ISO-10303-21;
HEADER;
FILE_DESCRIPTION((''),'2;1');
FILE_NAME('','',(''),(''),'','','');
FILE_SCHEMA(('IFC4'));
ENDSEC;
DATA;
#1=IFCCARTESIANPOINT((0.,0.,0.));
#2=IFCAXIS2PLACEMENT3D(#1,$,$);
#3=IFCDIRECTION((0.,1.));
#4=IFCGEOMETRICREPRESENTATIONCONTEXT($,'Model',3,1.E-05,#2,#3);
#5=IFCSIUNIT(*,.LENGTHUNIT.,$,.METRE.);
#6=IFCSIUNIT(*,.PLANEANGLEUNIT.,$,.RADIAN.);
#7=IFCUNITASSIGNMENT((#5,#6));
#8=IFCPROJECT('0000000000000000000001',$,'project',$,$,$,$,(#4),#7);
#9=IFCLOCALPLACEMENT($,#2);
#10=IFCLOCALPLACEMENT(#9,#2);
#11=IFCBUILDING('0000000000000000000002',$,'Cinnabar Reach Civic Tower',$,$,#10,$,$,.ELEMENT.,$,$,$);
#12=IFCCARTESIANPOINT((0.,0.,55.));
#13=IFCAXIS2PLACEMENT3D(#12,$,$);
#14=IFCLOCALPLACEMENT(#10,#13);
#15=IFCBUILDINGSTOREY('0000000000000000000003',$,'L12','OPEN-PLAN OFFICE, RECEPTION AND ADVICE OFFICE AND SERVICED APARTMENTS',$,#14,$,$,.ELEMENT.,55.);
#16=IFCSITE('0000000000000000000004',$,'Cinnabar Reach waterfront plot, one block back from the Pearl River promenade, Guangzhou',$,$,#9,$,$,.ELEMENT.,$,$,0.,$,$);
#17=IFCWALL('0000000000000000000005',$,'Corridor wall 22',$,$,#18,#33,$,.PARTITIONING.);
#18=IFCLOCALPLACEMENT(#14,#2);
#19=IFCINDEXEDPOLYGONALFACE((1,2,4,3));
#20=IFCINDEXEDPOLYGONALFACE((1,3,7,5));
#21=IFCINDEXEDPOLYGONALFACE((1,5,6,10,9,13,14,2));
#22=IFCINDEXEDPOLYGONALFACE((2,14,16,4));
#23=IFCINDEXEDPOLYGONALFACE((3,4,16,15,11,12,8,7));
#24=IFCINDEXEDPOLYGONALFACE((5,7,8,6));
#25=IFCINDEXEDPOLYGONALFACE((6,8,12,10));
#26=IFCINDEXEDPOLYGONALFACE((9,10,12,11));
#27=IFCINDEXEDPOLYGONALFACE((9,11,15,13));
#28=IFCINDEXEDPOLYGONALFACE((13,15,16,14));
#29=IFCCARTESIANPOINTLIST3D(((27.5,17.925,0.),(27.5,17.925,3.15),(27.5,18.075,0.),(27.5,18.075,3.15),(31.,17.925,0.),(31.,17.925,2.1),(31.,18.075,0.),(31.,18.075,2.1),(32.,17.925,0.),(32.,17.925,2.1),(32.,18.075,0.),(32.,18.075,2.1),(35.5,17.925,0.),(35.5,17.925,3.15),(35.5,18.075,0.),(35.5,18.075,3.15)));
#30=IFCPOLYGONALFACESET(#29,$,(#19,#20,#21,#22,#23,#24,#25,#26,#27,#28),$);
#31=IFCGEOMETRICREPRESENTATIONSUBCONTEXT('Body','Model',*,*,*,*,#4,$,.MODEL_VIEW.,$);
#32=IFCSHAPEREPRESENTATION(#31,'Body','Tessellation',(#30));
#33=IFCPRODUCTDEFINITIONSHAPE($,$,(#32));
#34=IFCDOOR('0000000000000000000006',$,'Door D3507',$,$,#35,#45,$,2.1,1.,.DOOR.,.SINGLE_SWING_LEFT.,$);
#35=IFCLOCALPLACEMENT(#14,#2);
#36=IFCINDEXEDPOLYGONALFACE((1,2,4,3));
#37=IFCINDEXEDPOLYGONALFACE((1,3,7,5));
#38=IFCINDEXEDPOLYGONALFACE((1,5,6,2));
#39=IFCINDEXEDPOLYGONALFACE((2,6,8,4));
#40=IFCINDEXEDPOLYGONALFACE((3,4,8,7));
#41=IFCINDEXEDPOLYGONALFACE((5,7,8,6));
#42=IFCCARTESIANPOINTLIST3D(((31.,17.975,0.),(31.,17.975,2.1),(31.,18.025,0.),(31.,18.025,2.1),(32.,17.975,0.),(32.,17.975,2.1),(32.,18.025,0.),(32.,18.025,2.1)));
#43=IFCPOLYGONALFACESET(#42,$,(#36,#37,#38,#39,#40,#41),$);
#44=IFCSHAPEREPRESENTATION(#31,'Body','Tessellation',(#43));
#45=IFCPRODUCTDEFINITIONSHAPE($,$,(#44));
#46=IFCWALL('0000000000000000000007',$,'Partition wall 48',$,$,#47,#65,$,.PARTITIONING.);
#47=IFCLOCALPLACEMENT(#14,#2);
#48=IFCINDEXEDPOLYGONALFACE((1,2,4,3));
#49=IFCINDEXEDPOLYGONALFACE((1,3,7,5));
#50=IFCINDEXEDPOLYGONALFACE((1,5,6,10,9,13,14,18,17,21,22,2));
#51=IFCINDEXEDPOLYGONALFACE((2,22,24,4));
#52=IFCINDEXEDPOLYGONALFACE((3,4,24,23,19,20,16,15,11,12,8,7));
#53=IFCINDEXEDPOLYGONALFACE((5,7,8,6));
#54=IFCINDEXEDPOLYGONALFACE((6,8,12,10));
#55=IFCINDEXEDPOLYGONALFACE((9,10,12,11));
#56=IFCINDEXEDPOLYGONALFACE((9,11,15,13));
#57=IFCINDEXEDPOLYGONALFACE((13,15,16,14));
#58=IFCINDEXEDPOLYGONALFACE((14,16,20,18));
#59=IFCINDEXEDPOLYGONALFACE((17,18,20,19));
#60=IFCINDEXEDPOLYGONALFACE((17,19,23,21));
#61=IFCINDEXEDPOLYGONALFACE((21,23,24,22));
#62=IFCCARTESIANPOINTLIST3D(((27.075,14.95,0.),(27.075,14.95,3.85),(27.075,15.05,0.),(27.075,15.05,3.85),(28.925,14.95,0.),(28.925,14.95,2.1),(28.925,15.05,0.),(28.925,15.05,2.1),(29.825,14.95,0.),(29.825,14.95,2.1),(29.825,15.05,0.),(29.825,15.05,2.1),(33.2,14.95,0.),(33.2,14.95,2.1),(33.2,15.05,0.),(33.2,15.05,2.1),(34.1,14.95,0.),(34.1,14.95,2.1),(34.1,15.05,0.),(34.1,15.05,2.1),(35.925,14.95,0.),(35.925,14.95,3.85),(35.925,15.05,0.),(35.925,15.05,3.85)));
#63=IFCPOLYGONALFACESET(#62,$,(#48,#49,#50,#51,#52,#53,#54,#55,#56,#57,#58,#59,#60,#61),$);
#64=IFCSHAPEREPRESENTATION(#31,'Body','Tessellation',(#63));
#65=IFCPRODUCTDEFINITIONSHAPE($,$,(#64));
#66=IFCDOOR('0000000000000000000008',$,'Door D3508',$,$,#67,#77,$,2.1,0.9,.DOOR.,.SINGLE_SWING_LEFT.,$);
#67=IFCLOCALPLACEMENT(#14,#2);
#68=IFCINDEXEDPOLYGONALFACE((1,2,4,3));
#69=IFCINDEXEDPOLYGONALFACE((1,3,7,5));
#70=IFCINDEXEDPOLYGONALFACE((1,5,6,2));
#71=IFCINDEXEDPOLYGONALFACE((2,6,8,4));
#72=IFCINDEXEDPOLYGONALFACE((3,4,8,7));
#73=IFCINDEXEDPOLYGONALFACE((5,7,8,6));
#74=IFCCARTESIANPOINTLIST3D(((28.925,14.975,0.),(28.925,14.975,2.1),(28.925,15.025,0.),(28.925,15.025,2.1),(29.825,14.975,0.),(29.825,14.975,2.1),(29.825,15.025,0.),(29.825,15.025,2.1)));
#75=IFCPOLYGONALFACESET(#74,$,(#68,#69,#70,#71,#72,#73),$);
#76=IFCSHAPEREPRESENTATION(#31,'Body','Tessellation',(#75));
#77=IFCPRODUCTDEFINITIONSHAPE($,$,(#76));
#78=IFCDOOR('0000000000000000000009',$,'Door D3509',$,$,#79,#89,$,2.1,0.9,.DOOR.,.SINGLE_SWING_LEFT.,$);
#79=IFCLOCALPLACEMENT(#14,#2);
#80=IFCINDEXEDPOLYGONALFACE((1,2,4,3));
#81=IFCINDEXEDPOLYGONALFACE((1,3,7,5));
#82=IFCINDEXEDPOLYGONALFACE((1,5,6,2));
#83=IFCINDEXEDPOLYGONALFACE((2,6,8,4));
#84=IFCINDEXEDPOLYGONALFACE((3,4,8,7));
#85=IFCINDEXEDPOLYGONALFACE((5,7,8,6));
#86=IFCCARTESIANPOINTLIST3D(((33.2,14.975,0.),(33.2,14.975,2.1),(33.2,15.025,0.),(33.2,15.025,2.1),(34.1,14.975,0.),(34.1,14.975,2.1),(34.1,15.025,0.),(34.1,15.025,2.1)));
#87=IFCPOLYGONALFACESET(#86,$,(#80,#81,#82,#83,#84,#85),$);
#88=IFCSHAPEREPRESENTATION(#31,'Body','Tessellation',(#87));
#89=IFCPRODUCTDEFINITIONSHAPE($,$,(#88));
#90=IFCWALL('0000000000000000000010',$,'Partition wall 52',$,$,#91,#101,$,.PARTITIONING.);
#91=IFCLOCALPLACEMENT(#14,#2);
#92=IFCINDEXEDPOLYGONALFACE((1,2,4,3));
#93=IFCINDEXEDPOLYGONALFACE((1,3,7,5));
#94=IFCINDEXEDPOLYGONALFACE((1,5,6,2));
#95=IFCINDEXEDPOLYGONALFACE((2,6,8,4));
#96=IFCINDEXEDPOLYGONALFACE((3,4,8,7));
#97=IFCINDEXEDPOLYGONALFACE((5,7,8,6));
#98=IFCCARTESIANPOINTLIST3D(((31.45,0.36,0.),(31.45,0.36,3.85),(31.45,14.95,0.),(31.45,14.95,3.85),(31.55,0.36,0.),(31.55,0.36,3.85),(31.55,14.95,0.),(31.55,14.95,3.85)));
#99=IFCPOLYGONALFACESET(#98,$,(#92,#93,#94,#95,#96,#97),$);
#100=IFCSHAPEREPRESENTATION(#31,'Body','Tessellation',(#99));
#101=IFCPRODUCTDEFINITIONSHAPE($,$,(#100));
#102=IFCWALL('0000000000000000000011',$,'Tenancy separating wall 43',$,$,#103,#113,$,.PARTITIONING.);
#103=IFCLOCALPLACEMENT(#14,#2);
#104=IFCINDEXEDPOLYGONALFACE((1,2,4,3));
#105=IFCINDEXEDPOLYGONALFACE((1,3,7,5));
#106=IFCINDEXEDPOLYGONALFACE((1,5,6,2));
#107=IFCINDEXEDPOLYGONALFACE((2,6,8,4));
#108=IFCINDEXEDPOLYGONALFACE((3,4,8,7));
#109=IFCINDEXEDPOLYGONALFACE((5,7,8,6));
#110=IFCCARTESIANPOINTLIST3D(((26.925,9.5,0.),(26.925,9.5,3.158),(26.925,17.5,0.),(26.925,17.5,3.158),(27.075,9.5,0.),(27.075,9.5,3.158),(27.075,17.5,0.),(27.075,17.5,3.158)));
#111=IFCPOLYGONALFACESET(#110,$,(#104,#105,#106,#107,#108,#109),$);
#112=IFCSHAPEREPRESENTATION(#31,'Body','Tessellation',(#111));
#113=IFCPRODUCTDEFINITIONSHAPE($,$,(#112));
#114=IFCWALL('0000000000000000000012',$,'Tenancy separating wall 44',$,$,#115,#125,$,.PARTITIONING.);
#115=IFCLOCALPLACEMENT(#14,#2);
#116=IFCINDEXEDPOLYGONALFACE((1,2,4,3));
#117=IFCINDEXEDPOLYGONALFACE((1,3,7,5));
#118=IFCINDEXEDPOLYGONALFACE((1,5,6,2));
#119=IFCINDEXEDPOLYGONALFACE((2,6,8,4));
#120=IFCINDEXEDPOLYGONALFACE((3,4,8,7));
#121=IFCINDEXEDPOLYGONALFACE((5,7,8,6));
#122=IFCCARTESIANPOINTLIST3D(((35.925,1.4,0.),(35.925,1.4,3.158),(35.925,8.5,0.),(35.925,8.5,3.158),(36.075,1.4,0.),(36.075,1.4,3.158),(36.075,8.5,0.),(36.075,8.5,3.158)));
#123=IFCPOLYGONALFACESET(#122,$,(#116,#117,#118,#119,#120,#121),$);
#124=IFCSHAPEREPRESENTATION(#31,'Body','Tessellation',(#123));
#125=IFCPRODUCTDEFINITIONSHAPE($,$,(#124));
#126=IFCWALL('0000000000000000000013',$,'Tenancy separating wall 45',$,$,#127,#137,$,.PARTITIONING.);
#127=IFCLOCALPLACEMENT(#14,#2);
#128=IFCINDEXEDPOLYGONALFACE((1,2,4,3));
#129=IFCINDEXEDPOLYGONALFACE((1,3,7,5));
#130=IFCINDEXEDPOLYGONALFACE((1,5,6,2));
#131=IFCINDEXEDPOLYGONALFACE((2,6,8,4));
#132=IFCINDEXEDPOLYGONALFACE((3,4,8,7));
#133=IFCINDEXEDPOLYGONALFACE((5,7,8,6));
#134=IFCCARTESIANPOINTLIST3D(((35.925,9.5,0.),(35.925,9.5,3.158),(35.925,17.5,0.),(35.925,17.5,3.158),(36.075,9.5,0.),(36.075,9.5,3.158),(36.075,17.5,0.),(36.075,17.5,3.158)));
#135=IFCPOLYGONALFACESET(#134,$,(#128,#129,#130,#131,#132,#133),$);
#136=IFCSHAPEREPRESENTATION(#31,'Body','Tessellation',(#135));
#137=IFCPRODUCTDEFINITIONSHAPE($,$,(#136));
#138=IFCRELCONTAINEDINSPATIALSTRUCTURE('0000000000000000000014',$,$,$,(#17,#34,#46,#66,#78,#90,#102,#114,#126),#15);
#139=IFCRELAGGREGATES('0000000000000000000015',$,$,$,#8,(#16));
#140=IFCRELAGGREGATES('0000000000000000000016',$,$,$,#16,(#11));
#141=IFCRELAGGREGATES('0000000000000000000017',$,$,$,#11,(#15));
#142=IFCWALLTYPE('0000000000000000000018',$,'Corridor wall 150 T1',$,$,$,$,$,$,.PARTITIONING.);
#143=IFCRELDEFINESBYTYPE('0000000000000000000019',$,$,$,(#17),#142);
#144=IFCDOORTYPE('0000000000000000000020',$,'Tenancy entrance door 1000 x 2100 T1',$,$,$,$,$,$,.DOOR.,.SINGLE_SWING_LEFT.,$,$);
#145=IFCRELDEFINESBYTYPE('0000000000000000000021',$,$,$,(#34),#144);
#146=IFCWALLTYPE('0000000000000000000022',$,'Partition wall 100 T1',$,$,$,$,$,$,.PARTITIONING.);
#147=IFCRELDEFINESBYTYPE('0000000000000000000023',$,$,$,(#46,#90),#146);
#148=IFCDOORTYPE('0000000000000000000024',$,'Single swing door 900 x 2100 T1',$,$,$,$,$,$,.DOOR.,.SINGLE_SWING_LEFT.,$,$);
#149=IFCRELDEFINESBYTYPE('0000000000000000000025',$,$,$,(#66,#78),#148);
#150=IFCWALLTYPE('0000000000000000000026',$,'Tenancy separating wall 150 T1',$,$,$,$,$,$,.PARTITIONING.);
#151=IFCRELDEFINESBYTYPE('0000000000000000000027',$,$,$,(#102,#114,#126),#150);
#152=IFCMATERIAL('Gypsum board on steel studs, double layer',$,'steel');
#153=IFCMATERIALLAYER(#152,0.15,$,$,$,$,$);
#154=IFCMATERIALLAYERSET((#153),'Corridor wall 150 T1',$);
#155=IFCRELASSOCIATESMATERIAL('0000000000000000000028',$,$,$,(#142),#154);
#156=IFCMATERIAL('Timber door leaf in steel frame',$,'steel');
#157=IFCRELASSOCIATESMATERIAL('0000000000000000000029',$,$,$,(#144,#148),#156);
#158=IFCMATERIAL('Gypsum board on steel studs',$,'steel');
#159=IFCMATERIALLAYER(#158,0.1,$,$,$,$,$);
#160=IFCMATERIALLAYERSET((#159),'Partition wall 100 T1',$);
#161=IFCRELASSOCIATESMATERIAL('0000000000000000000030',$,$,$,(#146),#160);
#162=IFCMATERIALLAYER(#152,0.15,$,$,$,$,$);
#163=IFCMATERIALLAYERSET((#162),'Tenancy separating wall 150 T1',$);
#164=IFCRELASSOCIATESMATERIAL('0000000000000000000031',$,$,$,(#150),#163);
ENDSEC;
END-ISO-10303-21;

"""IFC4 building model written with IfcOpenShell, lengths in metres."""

from ifc_helpers import new_model, si_unit, direction, frame, frame_2d, origin, place, context, subcontext, project, spatial, rectangle, extrude, material, layer, layer_set, type_object, element, fill, save


model = new_model("IFC4")

# Units and contexts
model_context = context("Model", 3, precision=1e-05, world=origin(), true_north=direction((0.0, 1.0)))
body_context = subcontext(model_context, "Body", "Model", "MODEL_VIEW")
ifc_project = project(units=[si_unit("LENGTHUNIT", "METRE"), si_unit("PLANEANGLEUNIT", "RADIAN")], contexts=[model_context])

# Site, building, storey
site_placement = place(None, origin())
site = spatial("IfcSite", under=ifc_project, at=site_placement, Name="Cinnabar Reach waterfront plot, one block back from the Pearl River promenade, Guangzhou", CompositionType="ELEMENT", RefElevation=0.0)
building_placement = place(site_placement, origin())
building = spatial("IfcBuilding", under=site, at=building_placement, Name="Cinnabar Reach Civic Tower", CompositionType="ELEMENT")
storey_placement = place(building_placement, frame((0.0, 0.0, 55.0)))
storey = spatial("IfcBuildingStorey", under=building, at=storey_placement, Name="L12", Description="OPEN-PLAN OFFICE, RECEPTION AND ADVICE OFFICE AND SERVICED APARTMENTS", CompositionType="ELEMENT", Elevation=55.0)

# Wall, opening, door
ifc_material_1 = material(Name="Gypsum board on steel studs, double layer", Category="steel")
ifc_layer_1 = layer(ifc_material_1, 0.15)
ifc_layer_set_1 = layer_set([ifc_layer_1], Name="Corridor wall 150 T1")
wall_type_1 = type_object("IfcWallType", Name="Corridor wall 150 T1", PredefinedType="PARTITIONING", material=ifc_layer_set_1)
wall_1_placement = place(storey_placement, frame((27.5, 18.0, 0.0), z_axis=(0.0, 0.0, 1.0), x_axis=(1.0, 0.0, 0.0)))
wall_1 = element("IfcWall", 1, at=wall_1_placement, inside=storey, type_object=wall_type_1, Name="Corridor wall 22", PredefinedType="PARTITIONING", context=body_context, shape_type="SweptSolid", body=[
    extrude(rectangle(XDim=8.0, YDim=0.15, at=frame_2d((4.0, 0.0))), origin(), (0.0, 0.0, 1.0), 3.15),
])
opening_1_placement = place(wall_1_placement, frame((3.5, 0.0, 0.0)))
opening_1 = element("IfcOpeningElement", 2, at=opening_1_placement, cuts=wall_1, PredefinedType="OPENING", context=body_context, shape_type="SweptSolid", body=[
    extrude(rectangle(XDim=1.0, YDim=2.1, at=frame_2d((0.5, 1.05))), frame((0.0, 0.085, 0.0), z_axis=(0.0, -1.0, 0.0), x_axis=(1.0, 0.0, 0.0)), (0.0, 0.0, 1.0), 0.17),
])
ifc_material_2 = material(Name="Timber door leaf in steel frame", Category="steel")
door_type_1 = type_object("IfcDoorType", Name="Tenancy entrance door 1000 x 2100 T1", OperationType="SINGLE_SWING_LEFT", PredefinedType="DOOR", material=ifc_material_2)
door_1_placement = place(opening_1_placement, frame((1.0, 0.0, 0.0), z_axis=(0.0, 0.0, 1.0), x_axis=(-1.0, 0.0, 0.0)))
door_1 = element("IfcDoor", 3, at=door_1_placement, inside=storey, type_object=door_type_1, Name="Door D3507", OperationType="SINGLE_SWING_LEFT", OverallHeight=2.1, OverallWidth=1.0, PredefinedType="DOOR", context=body_context, shape_type="SweptSolid", body=[
    extrude(rectangle(XDim=1.0, YDim=2.1, at=frame_2d((0.5, 1.05))), frame((0.0, 0.025, 0.0), z_axis=(0.0, -1.0, 0.0), x_axis=(1.0, 0.0, 0.0)), (0.0, 0.0, 1.0), 0.05),
])
fill(opening_1, door_1)

# Wall, openings, doors
ifc_material_3 = material(Name="Gypsum board on steel studs", Category="steel")
ifc_layer_2 = layer(ifc_material_3, 0.1)
ifc_layer_set_2 = layer_set([ifc_layer_2], Name="Partition wall 100 T1")
wall_type_2 = type_object("IfcWallType", Name="Partition wall 100 T1", PredefinedType="PARTITIONING", material=ifc_layer_set_2)
wall_2_placement = place(storey_placement, frame((27.075, 15.0, 0.0), z_axis=(0.0, 0.0, 1.0), x_axis=(1.0, 0.0, 0.0)))
wall_2 = element("IfcWall", 4, at=wall_2_placement, inside=storey, type_object=wall_type_2, Name="Partition wall 48", PredefinedType="PARTITIONING", context=body_context, shape_type="SweptSolid", body=[
    extrude(rectangle(XDim=8.85, YDim=0.1, at=frame_2d((4.425, 0.0))), origin(), (0.0, 0.0, 1.0), 3.85),
])
opening_2_placement = place(wall_2_placement, frame((1.85, 0.0, 0.0)))
opening_2 = element("IfcOpeningElement", 5, at=opening_2_placement, cuts=wall_2, PredefinedType="OPENING", context=body_context, shape_type="SweptSolid", body=[
    extrude(rectangle(XDim=0.9, YDim=2.1, at=frame_2d((0.45, 1.05))), frame((0.0, 0.06, 0.0), z_axis=(0.0, -1.0, 0.0), x_axis=(1.0, 0.0, 0.0)), (0.0, 0.0, 1.0), 0.12),
])
opening_3_placement = place(wall_2_placement, frame((6.125, 0.0, 0.0)))
opening_3 = element("IfcOpeningElement", 6, at=opening_3_placement, cuts=wall_2, PredefinedType="OPENING", context=body_context, shape_type="SweptSolid", body=[
    extrude(rectangle(XDim=0.9, YDim=2.1, at=frame_2d((0.45, 1.05))), frame((0.0, 0.06, 0.0), z_axis=(0.0, -1.0, 0.0), x_axis=(1.0, 0.0, 0.0)), (0.0, 0.0, 1.0), 0.12),
])
door_type_2 = type_object("IfcDoorType", Name="Single swing door 900 x 2100 T1", OperationType="SINGLE_SWING_LEFT", PredefinedType="DOOR", material=ifc_material_2)
door_2_placement = place(opening_2_placement, origin())
door_2 = element("IfcDoor", 7, at=door_2_placement, inside=storey, type_object=door_type_2, Name="Door D3508", OperationType="SINGLE_SWING_LEFT", OverallHeight=2.1, OverallWidth=0.9, PredefinedType="DOOR", context=body_context, shape_type="SweptSolid", body=[
    extrude(rectangle(XDim=0.9, YDim=2.1, at=frame_2d((0.45, 1.05))), frame((0.0, 0.025, 0.0), z_axis=(0.0, -1.0, 0.0), x_axis=(1.0, 0.0, 0.0)), (0.0, 0.0, 1.0), 0.05),
])
fill(opening_2, door_2)
door_3_placement = place(opening_3_placement, origin())
door_3 = element("IfcDoor", 8, at=door_3_placement, inside=storey, type_object=door_type_2, Name="Door D3509", OperationType="SINGLE_SWING_LEFT", OverallHeight=2.1, OverallWidth=0.9, PredefinedType="DOOR", context=body_context, shape_type="SweptSolid", body=[
    extrude(rectangle(XDim=0.9, YDim=2.1, at=frame_2d((0.45, 1.05))), frame((0.0, 0.025, 0.0), z_axis=(0.0, -1.0, 0.0), x_axis=(1.0, 0.0, 0.0)), (0.0, 0.0, 1.0), 0.05),
])
fill(opening_3, door_3)

# Walls
wall_3_placement = place(storey_placement, frame((31.5, 0.36, 0.0), z_axis=(0.0, 0.0, 1.0), x_axis=(0.0, 1.0, 0.0)))
element("IfcWall", 9, at=wall_3_placement, inside=storey, type_object=wall_type_2, Name="Partition wall 52", PredefinedType="PARTITIONING", context=body_context, shape_type="SweptSolid", body=[
    extrude(rectangle(XDim=14.59, YDim=0.1, at=frame_2d((7.295, 0.0))), origin(), (0.0, 0.0, 1.0), 3.85),
])
ifc_layer_3 = layer(ifc_material_1, 0.15)
ifc_layer_set_3 = layer_set([ifc_layer_3], Name="Tenancy separating wall 150 T1")
wall_type_3 = type_object("IfcWallType", Name="Tenancy separating wall 150 T1", PredefinedType="PARTITIONING", material=ifc_layer_set_3)
wall_4_placement = place(storey_placement, frame((27.0, 9.5, 0.0), z_axis=(0.0, 0.0, 1.0), x_axis=(0.0, 1.0, 0.0)))
element("IfcWall", 10, at=wall_4_placement, inside=storey, type_object=wall_type_3, Name="Tenancy separating wall 43", PredefinedType="PARTITIONING", context=body_context, shape_type="SweptSolid", body=[
    extrude(rectangle(XDim=8.0, YDim=0.15, at=frame_2d((4.0, 0.0))), origin(), (0.0, 0.0, 1.0), 3.158),
])
wall_5_placement = place(storey_placement, frame((36.0, 1.4, 0.0), z_axis=(0.0, 0.0, 1.0), x_axis=(0.0, 1.0, 0.0)))
element("IfcWall", 11, at=wall_5_placement, inside=storey, type_object=wall_type_3, Name="Tenancy separating wall 44", PredefinedType="PARTITIONING", context=body_context, shape_type="SweptSolid", body=[
    extrude(rectangle(XDim=7.1, YDim=0.15, at=frame_2d((3.55, 0.0))), origin(), (0.0, 0.0, 1.0), 3.158),
])
wall_6_placement = place(storey_placement, frame((36.0, 9.5, 0.0), z_axis=(0.0, 0.0, 1.0), x_axis=(0.0, 1.0, 0.0)))
element("IfcWall", 12, at=wall_6_placement, inside=storey, type_object=wall_type_3, Name="Tenancy separating wall 45", PredefinedType="PARTITIONING", context=body_context, shape_type="SweptSolid", body=[
    extrude(rectangle(XDim=8.0, YDim=0.15, at=frame_2d((4.0, 0.0))), origin(), (0.0, 0.0, 1.0), 3.158),
])

save(model, "model.ifc")
